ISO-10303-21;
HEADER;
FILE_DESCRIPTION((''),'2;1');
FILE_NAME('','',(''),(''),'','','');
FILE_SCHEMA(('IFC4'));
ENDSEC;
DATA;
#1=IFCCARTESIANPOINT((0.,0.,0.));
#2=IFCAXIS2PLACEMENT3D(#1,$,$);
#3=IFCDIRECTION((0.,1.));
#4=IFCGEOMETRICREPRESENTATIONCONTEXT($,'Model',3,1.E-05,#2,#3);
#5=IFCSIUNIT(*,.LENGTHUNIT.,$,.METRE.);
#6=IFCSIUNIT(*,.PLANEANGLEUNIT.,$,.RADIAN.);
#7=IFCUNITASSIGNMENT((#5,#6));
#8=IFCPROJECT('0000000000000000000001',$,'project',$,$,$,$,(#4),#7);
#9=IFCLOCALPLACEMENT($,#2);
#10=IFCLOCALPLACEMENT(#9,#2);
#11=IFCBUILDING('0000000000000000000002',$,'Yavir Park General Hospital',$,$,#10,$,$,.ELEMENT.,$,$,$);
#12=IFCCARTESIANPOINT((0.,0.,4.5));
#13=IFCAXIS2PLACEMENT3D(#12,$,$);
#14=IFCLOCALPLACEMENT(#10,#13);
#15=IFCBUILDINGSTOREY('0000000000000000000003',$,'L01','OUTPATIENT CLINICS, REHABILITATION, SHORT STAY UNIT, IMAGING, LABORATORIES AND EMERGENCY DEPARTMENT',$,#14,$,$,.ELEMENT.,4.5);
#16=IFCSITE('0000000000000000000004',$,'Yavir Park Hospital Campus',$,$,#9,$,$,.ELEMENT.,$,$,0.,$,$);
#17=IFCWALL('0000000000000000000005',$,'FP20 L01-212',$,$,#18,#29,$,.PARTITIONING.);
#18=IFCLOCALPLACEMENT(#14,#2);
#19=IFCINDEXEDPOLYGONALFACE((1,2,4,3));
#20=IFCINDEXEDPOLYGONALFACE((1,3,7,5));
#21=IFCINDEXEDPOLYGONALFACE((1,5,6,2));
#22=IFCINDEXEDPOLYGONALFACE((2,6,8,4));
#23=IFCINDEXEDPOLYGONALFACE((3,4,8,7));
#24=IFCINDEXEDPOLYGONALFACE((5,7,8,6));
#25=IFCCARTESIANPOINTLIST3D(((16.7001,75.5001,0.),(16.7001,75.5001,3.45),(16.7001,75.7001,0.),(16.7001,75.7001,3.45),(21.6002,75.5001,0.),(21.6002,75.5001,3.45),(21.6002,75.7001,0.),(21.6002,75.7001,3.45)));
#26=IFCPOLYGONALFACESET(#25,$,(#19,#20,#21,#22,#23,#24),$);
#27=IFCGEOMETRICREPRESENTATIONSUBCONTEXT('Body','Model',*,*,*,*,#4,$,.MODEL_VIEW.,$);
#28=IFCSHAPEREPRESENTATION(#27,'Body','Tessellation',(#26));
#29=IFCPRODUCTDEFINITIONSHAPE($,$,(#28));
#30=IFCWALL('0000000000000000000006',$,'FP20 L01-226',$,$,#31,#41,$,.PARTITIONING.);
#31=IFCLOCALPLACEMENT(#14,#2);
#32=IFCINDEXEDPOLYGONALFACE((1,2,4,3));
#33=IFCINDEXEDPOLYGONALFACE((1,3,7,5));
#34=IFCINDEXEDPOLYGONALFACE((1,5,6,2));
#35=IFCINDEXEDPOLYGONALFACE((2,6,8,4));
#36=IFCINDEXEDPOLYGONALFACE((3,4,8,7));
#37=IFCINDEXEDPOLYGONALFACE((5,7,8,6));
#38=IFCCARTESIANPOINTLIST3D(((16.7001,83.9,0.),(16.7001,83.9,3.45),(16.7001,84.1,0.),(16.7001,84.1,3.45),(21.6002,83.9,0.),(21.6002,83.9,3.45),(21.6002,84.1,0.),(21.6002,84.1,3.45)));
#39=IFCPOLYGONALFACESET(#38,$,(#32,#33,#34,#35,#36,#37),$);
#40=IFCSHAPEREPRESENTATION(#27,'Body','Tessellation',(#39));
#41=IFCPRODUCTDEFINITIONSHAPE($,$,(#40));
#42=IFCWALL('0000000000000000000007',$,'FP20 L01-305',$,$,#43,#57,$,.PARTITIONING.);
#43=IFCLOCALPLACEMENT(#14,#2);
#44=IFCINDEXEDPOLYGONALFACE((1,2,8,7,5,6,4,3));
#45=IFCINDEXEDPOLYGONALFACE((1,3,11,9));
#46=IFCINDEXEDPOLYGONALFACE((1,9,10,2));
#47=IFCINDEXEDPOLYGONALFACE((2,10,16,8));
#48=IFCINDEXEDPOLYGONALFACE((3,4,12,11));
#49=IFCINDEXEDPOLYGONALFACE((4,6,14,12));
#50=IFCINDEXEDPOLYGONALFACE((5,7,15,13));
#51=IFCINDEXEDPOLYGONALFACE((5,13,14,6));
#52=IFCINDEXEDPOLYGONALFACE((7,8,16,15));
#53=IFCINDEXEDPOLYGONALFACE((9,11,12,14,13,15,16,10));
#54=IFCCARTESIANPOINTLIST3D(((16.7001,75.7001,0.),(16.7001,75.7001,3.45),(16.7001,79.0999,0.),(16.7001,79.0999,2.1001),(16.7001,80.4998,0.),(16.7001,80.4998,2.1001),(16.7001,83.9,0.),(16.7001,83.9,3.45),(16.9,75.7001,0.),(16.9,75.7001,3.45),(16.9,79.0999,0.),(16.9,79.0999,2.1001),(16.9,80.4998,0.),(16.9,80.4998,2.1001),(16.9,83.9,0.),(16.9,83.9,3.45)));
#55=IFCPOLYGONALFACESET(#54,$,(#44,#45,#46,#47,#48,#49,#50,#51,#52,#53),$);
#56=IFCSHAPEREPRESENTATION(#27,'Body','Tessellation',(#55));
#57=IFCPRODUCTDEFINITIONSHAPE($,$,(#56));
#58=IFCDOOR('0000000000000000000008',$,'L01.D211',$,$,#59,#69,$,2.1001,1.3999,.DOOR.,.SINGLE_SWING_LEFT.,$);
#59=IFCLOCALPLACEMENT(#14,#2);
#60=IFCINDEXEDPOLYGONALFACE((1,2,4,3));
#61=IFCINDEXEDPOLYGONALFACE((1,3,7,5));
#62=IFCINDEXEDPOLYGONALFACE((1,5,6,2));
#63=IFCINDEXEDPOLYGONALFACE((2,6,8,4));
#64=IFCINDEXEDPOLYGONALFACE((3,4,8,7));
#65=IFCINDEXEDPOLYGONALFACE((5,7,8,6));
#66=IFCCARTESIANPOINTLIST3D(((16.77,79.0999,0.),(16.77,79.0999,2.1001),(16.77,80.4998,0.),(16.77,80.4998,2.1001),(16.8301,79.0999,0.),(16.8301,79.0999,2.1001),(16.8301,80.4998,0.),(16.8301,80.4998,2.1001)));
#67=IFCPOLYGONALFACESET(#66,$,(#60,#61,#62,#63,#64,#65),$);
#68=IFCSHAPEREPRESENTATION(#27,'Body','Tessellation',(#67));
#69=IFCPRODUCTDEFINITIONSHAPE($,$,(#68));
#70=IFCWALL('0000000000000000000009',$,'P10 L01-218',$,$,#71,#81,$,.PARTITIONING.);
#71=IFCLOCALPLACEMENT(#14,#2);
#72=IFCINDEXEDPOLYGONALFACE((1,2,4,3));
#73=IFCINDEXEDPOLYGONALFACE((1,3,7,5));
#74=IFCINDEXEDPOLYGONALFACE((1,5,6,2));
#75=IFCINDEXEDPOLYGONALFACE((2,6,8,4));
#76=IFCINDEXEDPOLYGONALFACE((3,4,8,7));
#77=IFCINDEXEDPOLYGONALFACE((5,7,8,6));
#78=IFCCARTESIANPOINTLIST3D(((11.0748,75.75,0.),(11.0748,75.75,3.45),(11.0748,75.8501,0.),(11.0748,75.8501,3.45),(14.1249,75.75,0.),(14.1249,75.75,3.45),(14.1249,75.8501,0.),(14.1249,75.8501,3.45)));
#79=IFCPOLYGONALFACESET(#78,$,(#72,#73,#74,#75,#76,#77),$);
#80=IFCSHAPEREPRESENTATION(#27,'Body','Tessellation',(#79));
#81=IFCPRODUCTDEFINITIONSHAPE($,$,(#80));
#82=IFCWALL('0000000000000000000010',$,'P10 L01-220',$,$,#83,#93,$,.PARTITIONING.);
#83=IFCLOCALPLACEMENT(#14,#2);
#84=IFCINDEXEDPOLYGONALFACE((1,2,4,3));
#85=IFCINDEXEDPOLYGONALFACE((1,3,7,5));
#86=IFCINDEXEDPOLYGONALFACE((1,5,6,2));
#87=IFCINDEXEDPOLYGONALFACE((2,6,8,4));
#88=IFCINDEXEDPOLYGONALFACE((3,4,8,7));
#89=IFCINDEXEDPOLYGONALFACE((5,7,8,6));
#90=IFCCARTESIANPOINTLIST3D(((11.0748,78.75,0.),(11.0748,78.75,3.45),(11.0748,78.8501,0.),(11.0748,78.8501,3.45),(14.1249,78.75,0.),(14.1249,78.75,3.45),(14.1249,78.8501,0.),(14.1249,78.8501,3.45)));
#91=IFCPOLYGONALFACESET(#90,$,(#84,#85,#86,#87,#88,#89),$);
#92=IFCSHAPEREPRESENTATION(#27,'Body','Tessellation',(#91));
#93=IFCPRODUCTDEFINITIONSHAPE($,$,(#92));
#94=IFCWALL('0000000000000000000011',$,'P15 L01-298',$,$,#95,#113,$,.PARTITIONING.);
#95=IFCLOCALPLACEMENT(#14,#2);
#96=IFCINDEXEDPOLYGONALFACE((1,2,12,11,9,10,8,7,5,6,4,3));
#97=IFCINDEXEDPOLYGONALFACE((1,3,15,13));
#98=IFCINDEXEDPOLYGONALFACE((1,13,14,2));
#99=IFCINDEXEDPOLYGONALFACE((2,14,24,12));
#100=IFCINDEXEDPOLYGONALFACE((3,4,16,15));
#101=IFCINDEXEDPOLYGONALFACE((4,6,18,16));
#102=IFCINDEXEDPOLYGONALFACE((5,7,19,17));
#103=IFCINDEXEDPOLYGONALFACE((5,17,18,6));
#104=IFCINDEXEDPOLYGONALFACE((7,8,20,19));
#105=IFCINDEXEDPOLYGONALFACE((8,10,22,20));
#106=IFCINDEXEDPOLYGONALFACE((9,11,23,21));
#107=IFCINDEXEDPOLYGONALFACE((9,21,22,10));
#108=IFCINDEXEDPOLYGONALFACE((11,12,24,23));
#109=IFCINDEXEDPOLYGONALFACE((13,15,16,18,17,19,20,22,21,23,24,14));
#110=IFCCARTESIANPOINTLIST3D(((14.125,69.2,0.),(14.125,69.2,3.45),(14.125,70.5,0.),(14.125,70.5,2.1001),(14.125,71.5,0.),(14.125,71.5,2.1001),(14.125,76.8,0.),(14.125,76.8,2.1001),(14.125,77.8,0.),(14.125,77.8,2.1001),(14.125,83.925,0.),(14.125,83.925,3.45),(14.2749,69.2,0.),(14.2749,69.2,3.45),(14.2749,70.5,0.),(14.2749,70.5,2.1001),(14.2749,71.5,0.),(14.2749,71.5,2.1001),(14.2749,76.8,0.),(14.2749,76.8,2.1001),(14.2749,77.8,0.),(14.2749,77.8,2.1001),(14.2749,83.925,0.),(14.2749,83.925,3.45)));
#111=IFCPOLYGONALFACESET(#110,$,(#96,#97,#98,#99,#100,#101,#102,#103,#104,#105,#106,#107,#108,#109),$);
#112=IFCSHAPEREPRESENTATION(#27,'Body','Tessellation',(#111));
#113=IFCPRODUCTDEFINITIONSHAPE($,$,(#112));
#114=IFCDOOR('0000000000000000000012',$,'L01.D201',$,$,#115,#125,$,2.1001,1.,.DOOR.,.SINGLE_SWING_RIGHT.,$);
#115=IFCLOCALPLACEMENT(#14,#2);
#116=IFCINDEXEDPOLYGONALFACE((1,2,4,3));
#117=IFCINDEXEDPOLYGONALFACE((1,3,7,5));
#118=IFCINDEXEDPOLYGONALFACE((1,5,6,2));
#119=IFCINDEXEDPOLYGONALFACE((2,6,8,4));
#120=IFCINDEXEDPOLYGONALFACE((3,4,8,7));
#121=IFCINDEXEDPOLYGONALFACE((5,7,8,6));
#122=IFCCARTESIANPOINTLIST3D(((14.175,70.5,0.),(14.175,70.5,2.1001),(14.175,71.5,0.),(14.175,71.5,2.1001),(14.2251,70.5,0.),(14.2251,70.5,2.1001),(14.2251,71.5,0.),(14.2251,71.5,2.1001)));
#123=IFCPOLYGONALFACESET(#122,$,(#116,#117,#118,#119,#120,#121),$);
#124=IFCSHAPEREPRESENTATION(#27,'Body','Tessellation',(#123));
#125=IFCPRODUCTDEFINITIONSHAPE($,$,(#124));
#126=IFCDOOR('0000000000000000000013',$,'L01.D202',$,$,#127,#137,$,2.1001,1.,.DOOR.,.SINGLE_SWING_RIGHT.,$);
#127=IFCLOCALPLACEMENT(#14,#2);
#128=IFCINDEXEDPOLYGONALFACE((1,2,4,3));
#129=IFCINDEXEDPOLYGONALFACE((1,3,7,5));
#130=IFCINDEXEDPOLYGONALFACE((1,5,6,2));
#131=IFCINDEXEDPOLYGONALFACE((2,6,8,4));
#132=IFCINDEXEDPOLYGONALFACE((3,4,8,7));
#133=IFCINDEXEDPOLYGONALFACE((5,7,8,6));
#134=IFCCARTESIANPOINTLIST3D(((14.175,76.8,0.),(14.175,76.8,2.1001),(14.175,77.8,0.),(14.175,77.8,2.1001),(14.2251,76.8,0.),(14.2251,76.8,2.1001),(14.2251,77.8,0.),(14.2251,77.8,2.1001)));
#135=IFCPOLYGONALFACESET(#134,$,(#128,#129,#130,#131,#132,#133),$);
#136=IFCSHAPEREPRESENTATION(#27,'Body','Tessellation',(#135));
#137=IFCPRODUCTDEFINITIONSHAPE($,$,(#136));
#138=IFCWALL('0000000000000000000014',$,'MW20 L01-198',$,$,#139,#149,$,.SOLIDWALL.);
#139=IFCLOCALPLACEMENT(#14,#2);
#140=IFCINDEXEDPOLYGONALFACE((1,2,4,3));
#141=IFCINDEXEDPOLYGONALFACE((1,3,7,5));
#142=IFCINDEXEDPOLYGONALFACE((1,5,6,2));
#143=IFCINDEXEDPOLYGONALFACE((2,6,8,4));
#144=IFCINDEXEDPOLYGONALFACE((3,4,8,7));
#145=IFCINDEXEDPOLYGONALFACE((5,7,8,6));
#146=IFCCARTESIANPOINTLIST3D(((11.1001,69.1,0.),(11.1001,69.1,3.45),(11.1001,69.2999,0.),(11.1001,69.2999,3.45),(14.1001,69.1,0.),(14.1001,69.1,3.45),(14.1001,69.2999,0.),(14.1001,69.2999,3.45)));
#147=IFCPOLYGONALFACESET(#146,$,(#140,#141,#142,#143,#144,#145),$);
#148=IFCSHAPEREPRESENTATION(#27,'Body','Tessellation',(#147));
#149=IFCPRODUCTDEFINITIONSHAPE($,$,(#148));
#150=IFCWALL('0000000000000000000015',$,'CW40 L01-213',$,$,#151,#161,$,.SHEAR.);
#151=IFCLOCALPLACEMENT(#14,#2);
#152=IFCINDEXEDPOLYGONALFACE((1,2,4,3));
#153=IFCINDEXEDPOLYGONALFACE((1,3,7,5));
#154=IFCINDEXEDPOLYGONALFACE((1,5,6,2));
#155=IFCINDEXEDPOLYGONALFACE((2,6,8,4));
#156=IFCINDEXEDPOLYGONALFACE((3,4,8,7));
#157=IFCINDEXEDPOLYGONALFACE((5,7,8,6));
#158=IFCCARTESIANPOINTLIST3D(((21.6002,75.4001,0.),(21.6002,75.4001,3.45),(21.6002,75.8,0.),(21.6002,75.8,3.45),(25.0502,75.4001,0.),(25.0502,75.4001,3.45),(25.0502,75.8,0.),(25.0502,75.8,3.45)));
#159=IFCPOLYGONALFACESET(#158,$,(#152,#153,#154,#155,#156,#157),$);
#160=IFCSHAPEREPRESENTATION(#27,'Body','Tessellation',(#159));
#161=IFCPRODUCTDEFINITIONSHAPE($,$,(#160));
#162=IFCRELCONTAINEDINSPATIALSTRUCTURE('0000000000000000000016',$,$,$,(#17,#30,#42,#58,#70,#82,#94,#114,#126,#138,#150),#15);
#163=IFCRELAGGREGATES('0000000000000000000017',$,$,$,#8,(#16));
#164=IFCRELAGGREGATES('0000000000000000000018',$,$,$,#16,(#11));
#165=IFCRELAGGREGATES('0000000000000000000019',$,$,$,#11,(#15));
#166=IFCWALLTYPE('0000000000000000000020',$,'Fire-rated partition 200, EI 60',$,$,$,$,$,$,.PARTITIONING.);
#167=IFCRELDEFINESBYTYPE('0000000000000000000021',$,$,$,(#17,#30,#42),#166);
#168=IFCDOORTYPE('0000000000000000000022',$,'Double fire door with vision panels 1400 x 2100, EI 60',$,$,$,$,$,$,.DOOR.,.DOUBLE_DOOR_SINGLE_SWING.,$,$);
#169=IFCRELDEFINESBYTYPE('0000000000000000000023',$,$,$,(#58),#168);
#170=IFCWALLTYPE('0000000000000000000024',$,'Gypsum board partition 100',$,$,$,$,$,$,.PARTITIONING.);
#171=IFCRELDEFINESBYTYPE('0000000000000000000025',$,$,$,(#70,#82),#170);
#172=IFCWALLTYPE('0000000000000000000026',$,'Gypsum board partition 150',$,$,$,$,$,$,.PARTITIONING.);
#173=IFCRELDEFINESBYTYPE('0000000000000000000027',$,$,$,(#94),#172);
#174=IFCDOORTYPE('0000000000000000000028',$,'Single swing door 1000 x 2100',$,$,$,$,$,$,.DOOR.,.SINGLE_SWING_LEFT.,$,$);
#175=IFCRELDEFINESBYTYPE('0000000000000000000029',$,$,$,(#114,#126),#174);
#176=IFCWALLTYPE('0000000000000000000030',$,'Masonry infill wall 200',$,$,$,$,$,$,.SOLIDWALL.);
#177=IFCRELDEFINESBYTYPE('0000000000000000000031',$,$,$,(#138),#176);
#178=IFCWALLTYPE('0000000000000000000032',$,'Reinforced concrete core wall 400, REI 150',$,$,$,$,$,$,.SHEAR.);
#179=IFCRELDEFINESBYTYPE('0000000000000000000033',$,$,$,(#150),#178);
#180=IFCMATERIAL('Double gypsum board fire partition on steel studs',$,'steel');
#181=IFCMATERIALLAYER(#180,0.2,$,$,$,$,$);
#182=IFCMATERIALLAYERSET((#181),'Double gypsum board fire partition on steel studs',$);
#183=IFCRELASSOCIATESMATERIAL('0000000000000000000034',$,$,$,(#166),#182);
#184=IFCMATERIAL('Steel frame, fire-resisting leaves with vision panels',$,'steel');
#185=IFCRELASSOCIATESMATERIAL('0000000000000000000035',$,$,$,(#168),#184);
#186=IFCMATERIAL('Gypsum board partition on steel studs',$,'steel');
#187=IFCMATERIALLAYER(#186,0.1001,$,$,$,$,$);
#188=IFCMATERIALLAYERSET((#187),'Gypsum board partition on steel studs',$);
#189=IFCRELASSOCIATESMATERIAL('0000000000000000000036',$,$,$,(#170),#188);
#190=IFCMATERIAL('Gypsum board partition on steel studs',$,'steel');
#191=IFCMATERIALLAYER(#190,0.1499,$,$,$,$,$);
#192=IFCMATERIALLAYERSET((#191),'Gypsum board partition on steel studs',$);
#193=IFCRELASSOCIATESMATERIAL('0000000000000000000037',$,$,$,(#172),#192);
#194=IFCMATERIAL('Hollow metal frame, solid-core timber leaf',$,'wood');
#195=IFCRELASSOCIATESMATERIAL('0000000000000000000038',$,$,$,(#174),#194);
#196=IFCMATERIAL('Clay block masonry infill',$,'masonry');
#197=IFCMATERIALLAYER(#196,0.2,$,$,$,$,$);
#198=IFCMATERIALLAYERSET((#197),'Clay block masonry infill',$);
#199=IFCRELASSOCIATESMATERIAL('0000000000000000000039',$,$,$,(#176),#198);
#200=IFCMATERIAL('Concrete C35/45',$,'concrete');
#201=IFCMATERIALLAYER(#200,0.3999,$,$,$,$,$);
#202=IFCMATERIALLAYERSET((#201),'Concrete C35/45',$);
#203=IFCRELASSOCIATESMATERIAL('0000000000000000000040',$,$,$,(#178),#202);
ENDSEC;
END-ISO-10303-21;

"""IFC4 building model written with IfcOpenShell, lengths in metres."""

from ifc_helpers import new_model, si_unit, direction, frame, frame_2d, origin, place, context, subcontext, project, spatial, rectangle, extrude, material, layer, layer_set, type_object, element, fill, save


model = new_model("IFC4")

# Units and contexts
model_context = context("Model", 3, precision=1e-05, world=origin(), true_north=direction((0.0, 1.0)))
body_context = subcontext(model_context, "Body", "Model", "MODEL_VIEW")
ifc_project = project(units=[si_unit("LENGTHUNIT", "METRE"), si_unit("PLANEANGLEUNIT", "RADIAN")], contexts=[model_context])

# Site, building, storey
site_placement = place(None, origin())
site = spatial("IfcSite", under=ifc_project, at=site_placement, Name="Yavir Park Hospital Campus", CompositionType="ELEMENT", RefElevation=0.0)
building_placement = place(site_placement, origin())
building = spatial("IfcBuilding", under=site, at=building_placement, Name="Yavir Park General Hospital", CompositionType="ELEMENT")
storey_placement = place(building_placement, frame((0.0, 0.0, 4.5)))
storey = spatial("IfcBuildingStorey", under=building, at=storey_placement, Name="L01", Description="OUTPATIENT CLINICS, REHABILITATION, SHORT STAY UNIT, IMAGING, LABORATORIES AND EMERGENCY DEPARTMENT", CompositionType="ELEMENT", Elevation=4.5)

# Walls
ifc_material_1 = material(Name="Double gypsum board fire partition on steel studs", Category="steel")
ifc_layer_1 = layer(ifc_material_1, 0.2)
ifc_layer_set_1 = layer_set([ifc_layer_1], Name="Double gypsum board fire partition on steel studs")
wall_type_1 = type_object("IfcWallType", Name="Fire-rated partition 200, EI 60", PredefinedType="PARTITIONING", material=ifc_layer_set_1)
for number, where, z_axis, x_axis, name in (
    (1, (16.7, 75.6001, 0.0), (0.0, 0.0, 1.0), (1.0, 0.0, 0.0), "FP20 L01-212"),
    (2, (16.7, 84.0, 0.0), (0.0, 0.0, 1.0), (1.0, 0.0, 0.0), "FP20 L01-226"),
):
    element("IfcWall", number, at=place(storey_placement, frame(where, z_axis=z_axis, x_axis=x_axis)), inside=storey, type_object=wall_type_1, Name=name, PredefinedType="PARTITIONING", context=body_context, shape_type="SweptSolid", body=[
        extrude(rectangle(XDim=4.9001, YDim=0.2, at=frame_2d((2.4502, 0.0))), origin(), (0.0, 0.0, 1.0), 3.45),
    ])

# Wall, opening, door
wall_1_placement = place(storey_placement, frame((16.8, 75.7, 0.0), z_axis=(0.0, 0.0, 1.0), x_axis=(0.0, 1.0, 0.0)))
wall_1 = element("IfcWall", 3, at=wall_1_placement, inside=storey, type_object=wall_type_1, Name="FP20 L01-305", PredefinedType="PARTITIONING", context=body_context, shape_type="SweptSolid", body=[
    extrude(rectangle(XDim=8.2, YDim=0.2, at=frame_2d((4.1001, 0.0))), origin(), (0.0, 0.0, 1.0), 3.45),
])
opening_1_placement = place(wall_1_placement, frame((3.3999, 0.0, 0.0)))
opening_1 = element("IfcOpeningElement", 4, at=opening_1_placement, cuts=wall_1, PredefinedType="OPENING", context=body_context, shape_type="SweptSolid", body=[
    extrude(rectangle(XDim=1.3999, YDim=2.1001, at=frame_2d((0.7, 1.05))), frame((0.0, 0.1099, 0.0), z_axis=(0.0, -1.0, 0.0), x_axis=(1.0, 0.0, 0.0)), (0.0, 0.0, 1.0), 0.22),
])
ifc_material_2 = material(Name="Steel frame, fire-resisting leaves with vision panels", Category="steel")
door_type_1 = type_object("IfcDoorType", Name="Double fire door with vision panels 1400 x 2100, EI 60", OperationType="DOUBLE_DOOR_SINGLE_SWING", PredefinedType="DOOR", material=ifc_material_2)
door_1_placement = place(opening_1_placement, origin())
door_1 = element("IfcDoor", 5, at=door_1_placement, inside=storey, type_object=door_type_1, Name="L01.D211", OperationType="SINGLE_SWING_LEFT", OverallHeight=2.1001, OverallWidth=1.3999, PredefinedType="DOOR", context=body_context, shape_type="SweptSolid", body=[
    extrude(rectangle(XDim=1.3999, YDim=2.1001, at=frame_2d((0.7, 1.05))), frame((0.0, 0.03, 0.0), z_axis=(0.0, -1.0, 0.0), x_axis=(1.0, 0.0, 0.0)), (0.0, 0.0, 1.0), 0.0601),
])
fill(opening_1, door_1)

# Walls
ifc_material_3 = material(Name="Gypsum board partition on steel studs", Category="steel")
ifc_layer_2 = layer(ifc_material_3, 0.1001)
ifc_layer_set_2 = layer_set([ifc_layer_2], Name="Gypsum board partition on steel studs")
wall_type_2 = type_object("IfcWallType", Name="Gypsum board partition 100", PredefinedType="PARTITIONING", material=ifc_layer_set_2)
for number, where, z_axis, x_axis, name in (
    (6, (11.075, 75.8, 0.0), (0.0, 0.0, 1.0), (1.0, 0.0, 0.0), "P10 L01-218"),
    (7, (11.075, 78.8, 0.0), (0.0, 0.0, 1.0), (1.0, 0.0, 0.0), "P10 L01-220"),
):
    element("IfcWall", number, at=place(storey_placement, frame(where, z_axis=z_axis, x_axis=x_axis)), inside=storey, type_object=wall_type_2, Name=name, PredefinedType="PARTITIONING", context=body_context, shape_type="SweptSolid", body=[
        extrude(rectangle(XDim=3.05, YDim=0.1001, at=frame_2d((1.5249, 0.0))), origin(), (0.0, 0.0, 1.0), 3.45),
    ])

# Wall, openings, doors
ifc_material_4 = material(Name="Gypsum board partition on steel studs", Category="steel")
ifc_layer_3 = layer(ifc_material_4, 0.1499)
ifc_layer_set_3 = layer_set([ifc_layer_3], Name="Gypsum board partition on steel studs")
wall_type_3 = type_object("IfcWallType", Name="Gypsum board partition 150", PredefinedType="PARTITIONING", material=ifc_layer_set_3)
wall_2_placement = place(storey_placement, frame((14.2, 69.2, 0.0), z_axis=(0.0, 0.0, 1.0), x_axis=(0.0, 1.0, 0.0)))
wall_2 = element("IfcWall", 8, at=wall_2_placement, inside=storey, type_object=wall_type_3, Name="P15 L01-298", PredefinedType="PARTITIONING", context=body_context, shape_type="SweptSolid", body=[
    extrude(rectangle(XDim=14.7251, YDim=0.1499, at=frame_2d((7.3625, 0.0))), origin(), (0.0, 0.0, 1.0), 3.45),
])
opening_2_placement = place(wall_2_placement, frame((1.3, 0.0, 0.0)))
opening_2 = element("IfcOpeningElement", 9, at=opening_2_placement, cuts=wall_2, PredefinedType="OPENING", context=body_context, shape_type="SweptSolid", body=[
    extrude(rectangle(XDim=1.0, YDim=2.1001, at=frame_2d((0.5, 1.05))), frame((0.0, 0.085, 0.0), z_axis=(0.0, -1.0, 0.0), x_axis=(1.0, 0.0, 0.0)), (0.0, 0.0, 1.0), 0.1699),
])
opening_3_placement = place(wall_2_placement, frame((7.6001, 0.0, 0.0)))
opening_3 = element("IfcOpeningElement", 10, at=opening_3_placement, cuts=wall_2, PredefinedType="OPENING", context=body_context, shape_type="SweptSolid", body=[
    extrude(rectangle(XDim=1.0, YDim=2.1001, at=frame_2d((0.5, 1.05))), frame((0.0, 0.085, 0.0), z_axis=(0.0, -1.0, 0.0), x_axis=(1.0, 0.0, 0.0)), (0.0, 0.0, 1.0), 0.1699),
])
ifc_material_5 = material(Name="Hollow metal frame, solid-core timber leaf", Category="wood")
door_type_2 = type_object("IfcDoorType", Name="Single swing door 1000 x 2100", OperationType="SINGLE_SWING_LEFT", PredefinedType="DOOR", material=ifc_material_5)
door_2_placement = place(opening_2_placement, origin())
door_2 = element("IfcDoor", 11, at=door_2_placement, inside=storey, type_object=door_type_2, Name="L01.D201", OperationType="SINGLE_SWING_RIGHT", OverallHeight=2.1001, OverallWidth=1.0, PredefinedType="DOOR", context=body_context, shape_type="SweptSolid", body=[
    extrude(rectangle(XDim=1.0, YDim=2.1001, at=frame_2d((0.5, 1.05))), frame((0.0, 0.0249, 0.0), z_axis=(0.0, -1.0, 0.0), x_axis=(1.0, 0.0, 0.0)), (0.0, 0.0, 1.0), 0.05),
])
fill(opening_2, door_2)
door_3_placement = place(opening_3_placement, origin())
door_3 = element("IfcDoor", 12, at=door_3_placement, inside=storey, type_object=door_type_2, Name="L01.D202", OperationType="SINGLE_SWING_RIGHT", OverallHeight=2.1001, OverallWidth=1.0, PredefinedType="DOOR", context=body_context, shape_type="SweptSolid", body=[
    extrude(rectangle(XDim=1.0, YDim=2.1001, at=frame_2d((0.5, 1.05))), frame((0.0, 0.0249, 0.0), z_axis=(0.0, -1.0, 0.0), x_axis=(1.0, 0.0, 0.0)), (0.0, 0.0, 1.0), 0.05),
])
fill(opening_3, door_3)

# Walls
ifc_material_6 = material(Name="Clay block masonry infill", Category="masonry")
ifc_layer_4 = layer(ifc_material_6, 0.2)
ifc_layer_set_4 = layer_set([ifc_layer_4], Name="Clay block masonry infill")
wall_type_4 = type_object("IfcWallType", Name="Masonry infill wall 200", PredefinedType="SOLIDWALL", material=ifc_layer_set_4)
wall_3_placement = place(storey_placement, frame((11.1001, 69.2, 0.0), z_axis=(0.0, 0.0, 1.0), x_axis=(1.0, 0.0, 0.0)))
element("IfcWall", 13, at=wall_3_placement, inside=storey, type_object=wall_type_4, Name="MW20 L01-198", PredefinedType="SOLIDWALL", context=body_context, shape_type="SweptSolid", body=[
    extrude(rectangle(XDim=3.0, YDim=0.2, at=frame_2d((1.5, 0.0))), origin(), (0.0, 0.0, 1.0), 3.45),
])
ifc_material_7 = material(Name="Concrete C35/45", Category="concrete")
ifc_layer_5 = layer(ifc_material_7, 0.3999)
ifc_layer_set_5 = layer_set([ifc_layer_5], Name="Concrete C35/45")
wall_type_5 = type_object("IfcWallType", Name="Reinforced concrete core wall 400, REI 150", PredefinedType="SHEAR", material=ifc_layer_set_5)
wall_4_placement = place(storey_placement, frame((21.6001, 75.6001, 0.0), z_axis=(0.0, 0.0, 1.0), x_axis=(1.0, 0.0, 0.0)))
element("IfcWall", 14, at=wall_4_placement, inside=storey, type_object=wall_type_5, Name="CW40 L01-213", PredefinedType="SHEAR", context=body_context, shape_type="SweptSolid", body=[
    extrude(rectangle(XDim=3.45, YDim=0.3999, at=frame_2d((1.7251, 0.0))), origin(), (0.0, 0.0, 1.0), 3.45),
])

save(model, "model.ifc")
